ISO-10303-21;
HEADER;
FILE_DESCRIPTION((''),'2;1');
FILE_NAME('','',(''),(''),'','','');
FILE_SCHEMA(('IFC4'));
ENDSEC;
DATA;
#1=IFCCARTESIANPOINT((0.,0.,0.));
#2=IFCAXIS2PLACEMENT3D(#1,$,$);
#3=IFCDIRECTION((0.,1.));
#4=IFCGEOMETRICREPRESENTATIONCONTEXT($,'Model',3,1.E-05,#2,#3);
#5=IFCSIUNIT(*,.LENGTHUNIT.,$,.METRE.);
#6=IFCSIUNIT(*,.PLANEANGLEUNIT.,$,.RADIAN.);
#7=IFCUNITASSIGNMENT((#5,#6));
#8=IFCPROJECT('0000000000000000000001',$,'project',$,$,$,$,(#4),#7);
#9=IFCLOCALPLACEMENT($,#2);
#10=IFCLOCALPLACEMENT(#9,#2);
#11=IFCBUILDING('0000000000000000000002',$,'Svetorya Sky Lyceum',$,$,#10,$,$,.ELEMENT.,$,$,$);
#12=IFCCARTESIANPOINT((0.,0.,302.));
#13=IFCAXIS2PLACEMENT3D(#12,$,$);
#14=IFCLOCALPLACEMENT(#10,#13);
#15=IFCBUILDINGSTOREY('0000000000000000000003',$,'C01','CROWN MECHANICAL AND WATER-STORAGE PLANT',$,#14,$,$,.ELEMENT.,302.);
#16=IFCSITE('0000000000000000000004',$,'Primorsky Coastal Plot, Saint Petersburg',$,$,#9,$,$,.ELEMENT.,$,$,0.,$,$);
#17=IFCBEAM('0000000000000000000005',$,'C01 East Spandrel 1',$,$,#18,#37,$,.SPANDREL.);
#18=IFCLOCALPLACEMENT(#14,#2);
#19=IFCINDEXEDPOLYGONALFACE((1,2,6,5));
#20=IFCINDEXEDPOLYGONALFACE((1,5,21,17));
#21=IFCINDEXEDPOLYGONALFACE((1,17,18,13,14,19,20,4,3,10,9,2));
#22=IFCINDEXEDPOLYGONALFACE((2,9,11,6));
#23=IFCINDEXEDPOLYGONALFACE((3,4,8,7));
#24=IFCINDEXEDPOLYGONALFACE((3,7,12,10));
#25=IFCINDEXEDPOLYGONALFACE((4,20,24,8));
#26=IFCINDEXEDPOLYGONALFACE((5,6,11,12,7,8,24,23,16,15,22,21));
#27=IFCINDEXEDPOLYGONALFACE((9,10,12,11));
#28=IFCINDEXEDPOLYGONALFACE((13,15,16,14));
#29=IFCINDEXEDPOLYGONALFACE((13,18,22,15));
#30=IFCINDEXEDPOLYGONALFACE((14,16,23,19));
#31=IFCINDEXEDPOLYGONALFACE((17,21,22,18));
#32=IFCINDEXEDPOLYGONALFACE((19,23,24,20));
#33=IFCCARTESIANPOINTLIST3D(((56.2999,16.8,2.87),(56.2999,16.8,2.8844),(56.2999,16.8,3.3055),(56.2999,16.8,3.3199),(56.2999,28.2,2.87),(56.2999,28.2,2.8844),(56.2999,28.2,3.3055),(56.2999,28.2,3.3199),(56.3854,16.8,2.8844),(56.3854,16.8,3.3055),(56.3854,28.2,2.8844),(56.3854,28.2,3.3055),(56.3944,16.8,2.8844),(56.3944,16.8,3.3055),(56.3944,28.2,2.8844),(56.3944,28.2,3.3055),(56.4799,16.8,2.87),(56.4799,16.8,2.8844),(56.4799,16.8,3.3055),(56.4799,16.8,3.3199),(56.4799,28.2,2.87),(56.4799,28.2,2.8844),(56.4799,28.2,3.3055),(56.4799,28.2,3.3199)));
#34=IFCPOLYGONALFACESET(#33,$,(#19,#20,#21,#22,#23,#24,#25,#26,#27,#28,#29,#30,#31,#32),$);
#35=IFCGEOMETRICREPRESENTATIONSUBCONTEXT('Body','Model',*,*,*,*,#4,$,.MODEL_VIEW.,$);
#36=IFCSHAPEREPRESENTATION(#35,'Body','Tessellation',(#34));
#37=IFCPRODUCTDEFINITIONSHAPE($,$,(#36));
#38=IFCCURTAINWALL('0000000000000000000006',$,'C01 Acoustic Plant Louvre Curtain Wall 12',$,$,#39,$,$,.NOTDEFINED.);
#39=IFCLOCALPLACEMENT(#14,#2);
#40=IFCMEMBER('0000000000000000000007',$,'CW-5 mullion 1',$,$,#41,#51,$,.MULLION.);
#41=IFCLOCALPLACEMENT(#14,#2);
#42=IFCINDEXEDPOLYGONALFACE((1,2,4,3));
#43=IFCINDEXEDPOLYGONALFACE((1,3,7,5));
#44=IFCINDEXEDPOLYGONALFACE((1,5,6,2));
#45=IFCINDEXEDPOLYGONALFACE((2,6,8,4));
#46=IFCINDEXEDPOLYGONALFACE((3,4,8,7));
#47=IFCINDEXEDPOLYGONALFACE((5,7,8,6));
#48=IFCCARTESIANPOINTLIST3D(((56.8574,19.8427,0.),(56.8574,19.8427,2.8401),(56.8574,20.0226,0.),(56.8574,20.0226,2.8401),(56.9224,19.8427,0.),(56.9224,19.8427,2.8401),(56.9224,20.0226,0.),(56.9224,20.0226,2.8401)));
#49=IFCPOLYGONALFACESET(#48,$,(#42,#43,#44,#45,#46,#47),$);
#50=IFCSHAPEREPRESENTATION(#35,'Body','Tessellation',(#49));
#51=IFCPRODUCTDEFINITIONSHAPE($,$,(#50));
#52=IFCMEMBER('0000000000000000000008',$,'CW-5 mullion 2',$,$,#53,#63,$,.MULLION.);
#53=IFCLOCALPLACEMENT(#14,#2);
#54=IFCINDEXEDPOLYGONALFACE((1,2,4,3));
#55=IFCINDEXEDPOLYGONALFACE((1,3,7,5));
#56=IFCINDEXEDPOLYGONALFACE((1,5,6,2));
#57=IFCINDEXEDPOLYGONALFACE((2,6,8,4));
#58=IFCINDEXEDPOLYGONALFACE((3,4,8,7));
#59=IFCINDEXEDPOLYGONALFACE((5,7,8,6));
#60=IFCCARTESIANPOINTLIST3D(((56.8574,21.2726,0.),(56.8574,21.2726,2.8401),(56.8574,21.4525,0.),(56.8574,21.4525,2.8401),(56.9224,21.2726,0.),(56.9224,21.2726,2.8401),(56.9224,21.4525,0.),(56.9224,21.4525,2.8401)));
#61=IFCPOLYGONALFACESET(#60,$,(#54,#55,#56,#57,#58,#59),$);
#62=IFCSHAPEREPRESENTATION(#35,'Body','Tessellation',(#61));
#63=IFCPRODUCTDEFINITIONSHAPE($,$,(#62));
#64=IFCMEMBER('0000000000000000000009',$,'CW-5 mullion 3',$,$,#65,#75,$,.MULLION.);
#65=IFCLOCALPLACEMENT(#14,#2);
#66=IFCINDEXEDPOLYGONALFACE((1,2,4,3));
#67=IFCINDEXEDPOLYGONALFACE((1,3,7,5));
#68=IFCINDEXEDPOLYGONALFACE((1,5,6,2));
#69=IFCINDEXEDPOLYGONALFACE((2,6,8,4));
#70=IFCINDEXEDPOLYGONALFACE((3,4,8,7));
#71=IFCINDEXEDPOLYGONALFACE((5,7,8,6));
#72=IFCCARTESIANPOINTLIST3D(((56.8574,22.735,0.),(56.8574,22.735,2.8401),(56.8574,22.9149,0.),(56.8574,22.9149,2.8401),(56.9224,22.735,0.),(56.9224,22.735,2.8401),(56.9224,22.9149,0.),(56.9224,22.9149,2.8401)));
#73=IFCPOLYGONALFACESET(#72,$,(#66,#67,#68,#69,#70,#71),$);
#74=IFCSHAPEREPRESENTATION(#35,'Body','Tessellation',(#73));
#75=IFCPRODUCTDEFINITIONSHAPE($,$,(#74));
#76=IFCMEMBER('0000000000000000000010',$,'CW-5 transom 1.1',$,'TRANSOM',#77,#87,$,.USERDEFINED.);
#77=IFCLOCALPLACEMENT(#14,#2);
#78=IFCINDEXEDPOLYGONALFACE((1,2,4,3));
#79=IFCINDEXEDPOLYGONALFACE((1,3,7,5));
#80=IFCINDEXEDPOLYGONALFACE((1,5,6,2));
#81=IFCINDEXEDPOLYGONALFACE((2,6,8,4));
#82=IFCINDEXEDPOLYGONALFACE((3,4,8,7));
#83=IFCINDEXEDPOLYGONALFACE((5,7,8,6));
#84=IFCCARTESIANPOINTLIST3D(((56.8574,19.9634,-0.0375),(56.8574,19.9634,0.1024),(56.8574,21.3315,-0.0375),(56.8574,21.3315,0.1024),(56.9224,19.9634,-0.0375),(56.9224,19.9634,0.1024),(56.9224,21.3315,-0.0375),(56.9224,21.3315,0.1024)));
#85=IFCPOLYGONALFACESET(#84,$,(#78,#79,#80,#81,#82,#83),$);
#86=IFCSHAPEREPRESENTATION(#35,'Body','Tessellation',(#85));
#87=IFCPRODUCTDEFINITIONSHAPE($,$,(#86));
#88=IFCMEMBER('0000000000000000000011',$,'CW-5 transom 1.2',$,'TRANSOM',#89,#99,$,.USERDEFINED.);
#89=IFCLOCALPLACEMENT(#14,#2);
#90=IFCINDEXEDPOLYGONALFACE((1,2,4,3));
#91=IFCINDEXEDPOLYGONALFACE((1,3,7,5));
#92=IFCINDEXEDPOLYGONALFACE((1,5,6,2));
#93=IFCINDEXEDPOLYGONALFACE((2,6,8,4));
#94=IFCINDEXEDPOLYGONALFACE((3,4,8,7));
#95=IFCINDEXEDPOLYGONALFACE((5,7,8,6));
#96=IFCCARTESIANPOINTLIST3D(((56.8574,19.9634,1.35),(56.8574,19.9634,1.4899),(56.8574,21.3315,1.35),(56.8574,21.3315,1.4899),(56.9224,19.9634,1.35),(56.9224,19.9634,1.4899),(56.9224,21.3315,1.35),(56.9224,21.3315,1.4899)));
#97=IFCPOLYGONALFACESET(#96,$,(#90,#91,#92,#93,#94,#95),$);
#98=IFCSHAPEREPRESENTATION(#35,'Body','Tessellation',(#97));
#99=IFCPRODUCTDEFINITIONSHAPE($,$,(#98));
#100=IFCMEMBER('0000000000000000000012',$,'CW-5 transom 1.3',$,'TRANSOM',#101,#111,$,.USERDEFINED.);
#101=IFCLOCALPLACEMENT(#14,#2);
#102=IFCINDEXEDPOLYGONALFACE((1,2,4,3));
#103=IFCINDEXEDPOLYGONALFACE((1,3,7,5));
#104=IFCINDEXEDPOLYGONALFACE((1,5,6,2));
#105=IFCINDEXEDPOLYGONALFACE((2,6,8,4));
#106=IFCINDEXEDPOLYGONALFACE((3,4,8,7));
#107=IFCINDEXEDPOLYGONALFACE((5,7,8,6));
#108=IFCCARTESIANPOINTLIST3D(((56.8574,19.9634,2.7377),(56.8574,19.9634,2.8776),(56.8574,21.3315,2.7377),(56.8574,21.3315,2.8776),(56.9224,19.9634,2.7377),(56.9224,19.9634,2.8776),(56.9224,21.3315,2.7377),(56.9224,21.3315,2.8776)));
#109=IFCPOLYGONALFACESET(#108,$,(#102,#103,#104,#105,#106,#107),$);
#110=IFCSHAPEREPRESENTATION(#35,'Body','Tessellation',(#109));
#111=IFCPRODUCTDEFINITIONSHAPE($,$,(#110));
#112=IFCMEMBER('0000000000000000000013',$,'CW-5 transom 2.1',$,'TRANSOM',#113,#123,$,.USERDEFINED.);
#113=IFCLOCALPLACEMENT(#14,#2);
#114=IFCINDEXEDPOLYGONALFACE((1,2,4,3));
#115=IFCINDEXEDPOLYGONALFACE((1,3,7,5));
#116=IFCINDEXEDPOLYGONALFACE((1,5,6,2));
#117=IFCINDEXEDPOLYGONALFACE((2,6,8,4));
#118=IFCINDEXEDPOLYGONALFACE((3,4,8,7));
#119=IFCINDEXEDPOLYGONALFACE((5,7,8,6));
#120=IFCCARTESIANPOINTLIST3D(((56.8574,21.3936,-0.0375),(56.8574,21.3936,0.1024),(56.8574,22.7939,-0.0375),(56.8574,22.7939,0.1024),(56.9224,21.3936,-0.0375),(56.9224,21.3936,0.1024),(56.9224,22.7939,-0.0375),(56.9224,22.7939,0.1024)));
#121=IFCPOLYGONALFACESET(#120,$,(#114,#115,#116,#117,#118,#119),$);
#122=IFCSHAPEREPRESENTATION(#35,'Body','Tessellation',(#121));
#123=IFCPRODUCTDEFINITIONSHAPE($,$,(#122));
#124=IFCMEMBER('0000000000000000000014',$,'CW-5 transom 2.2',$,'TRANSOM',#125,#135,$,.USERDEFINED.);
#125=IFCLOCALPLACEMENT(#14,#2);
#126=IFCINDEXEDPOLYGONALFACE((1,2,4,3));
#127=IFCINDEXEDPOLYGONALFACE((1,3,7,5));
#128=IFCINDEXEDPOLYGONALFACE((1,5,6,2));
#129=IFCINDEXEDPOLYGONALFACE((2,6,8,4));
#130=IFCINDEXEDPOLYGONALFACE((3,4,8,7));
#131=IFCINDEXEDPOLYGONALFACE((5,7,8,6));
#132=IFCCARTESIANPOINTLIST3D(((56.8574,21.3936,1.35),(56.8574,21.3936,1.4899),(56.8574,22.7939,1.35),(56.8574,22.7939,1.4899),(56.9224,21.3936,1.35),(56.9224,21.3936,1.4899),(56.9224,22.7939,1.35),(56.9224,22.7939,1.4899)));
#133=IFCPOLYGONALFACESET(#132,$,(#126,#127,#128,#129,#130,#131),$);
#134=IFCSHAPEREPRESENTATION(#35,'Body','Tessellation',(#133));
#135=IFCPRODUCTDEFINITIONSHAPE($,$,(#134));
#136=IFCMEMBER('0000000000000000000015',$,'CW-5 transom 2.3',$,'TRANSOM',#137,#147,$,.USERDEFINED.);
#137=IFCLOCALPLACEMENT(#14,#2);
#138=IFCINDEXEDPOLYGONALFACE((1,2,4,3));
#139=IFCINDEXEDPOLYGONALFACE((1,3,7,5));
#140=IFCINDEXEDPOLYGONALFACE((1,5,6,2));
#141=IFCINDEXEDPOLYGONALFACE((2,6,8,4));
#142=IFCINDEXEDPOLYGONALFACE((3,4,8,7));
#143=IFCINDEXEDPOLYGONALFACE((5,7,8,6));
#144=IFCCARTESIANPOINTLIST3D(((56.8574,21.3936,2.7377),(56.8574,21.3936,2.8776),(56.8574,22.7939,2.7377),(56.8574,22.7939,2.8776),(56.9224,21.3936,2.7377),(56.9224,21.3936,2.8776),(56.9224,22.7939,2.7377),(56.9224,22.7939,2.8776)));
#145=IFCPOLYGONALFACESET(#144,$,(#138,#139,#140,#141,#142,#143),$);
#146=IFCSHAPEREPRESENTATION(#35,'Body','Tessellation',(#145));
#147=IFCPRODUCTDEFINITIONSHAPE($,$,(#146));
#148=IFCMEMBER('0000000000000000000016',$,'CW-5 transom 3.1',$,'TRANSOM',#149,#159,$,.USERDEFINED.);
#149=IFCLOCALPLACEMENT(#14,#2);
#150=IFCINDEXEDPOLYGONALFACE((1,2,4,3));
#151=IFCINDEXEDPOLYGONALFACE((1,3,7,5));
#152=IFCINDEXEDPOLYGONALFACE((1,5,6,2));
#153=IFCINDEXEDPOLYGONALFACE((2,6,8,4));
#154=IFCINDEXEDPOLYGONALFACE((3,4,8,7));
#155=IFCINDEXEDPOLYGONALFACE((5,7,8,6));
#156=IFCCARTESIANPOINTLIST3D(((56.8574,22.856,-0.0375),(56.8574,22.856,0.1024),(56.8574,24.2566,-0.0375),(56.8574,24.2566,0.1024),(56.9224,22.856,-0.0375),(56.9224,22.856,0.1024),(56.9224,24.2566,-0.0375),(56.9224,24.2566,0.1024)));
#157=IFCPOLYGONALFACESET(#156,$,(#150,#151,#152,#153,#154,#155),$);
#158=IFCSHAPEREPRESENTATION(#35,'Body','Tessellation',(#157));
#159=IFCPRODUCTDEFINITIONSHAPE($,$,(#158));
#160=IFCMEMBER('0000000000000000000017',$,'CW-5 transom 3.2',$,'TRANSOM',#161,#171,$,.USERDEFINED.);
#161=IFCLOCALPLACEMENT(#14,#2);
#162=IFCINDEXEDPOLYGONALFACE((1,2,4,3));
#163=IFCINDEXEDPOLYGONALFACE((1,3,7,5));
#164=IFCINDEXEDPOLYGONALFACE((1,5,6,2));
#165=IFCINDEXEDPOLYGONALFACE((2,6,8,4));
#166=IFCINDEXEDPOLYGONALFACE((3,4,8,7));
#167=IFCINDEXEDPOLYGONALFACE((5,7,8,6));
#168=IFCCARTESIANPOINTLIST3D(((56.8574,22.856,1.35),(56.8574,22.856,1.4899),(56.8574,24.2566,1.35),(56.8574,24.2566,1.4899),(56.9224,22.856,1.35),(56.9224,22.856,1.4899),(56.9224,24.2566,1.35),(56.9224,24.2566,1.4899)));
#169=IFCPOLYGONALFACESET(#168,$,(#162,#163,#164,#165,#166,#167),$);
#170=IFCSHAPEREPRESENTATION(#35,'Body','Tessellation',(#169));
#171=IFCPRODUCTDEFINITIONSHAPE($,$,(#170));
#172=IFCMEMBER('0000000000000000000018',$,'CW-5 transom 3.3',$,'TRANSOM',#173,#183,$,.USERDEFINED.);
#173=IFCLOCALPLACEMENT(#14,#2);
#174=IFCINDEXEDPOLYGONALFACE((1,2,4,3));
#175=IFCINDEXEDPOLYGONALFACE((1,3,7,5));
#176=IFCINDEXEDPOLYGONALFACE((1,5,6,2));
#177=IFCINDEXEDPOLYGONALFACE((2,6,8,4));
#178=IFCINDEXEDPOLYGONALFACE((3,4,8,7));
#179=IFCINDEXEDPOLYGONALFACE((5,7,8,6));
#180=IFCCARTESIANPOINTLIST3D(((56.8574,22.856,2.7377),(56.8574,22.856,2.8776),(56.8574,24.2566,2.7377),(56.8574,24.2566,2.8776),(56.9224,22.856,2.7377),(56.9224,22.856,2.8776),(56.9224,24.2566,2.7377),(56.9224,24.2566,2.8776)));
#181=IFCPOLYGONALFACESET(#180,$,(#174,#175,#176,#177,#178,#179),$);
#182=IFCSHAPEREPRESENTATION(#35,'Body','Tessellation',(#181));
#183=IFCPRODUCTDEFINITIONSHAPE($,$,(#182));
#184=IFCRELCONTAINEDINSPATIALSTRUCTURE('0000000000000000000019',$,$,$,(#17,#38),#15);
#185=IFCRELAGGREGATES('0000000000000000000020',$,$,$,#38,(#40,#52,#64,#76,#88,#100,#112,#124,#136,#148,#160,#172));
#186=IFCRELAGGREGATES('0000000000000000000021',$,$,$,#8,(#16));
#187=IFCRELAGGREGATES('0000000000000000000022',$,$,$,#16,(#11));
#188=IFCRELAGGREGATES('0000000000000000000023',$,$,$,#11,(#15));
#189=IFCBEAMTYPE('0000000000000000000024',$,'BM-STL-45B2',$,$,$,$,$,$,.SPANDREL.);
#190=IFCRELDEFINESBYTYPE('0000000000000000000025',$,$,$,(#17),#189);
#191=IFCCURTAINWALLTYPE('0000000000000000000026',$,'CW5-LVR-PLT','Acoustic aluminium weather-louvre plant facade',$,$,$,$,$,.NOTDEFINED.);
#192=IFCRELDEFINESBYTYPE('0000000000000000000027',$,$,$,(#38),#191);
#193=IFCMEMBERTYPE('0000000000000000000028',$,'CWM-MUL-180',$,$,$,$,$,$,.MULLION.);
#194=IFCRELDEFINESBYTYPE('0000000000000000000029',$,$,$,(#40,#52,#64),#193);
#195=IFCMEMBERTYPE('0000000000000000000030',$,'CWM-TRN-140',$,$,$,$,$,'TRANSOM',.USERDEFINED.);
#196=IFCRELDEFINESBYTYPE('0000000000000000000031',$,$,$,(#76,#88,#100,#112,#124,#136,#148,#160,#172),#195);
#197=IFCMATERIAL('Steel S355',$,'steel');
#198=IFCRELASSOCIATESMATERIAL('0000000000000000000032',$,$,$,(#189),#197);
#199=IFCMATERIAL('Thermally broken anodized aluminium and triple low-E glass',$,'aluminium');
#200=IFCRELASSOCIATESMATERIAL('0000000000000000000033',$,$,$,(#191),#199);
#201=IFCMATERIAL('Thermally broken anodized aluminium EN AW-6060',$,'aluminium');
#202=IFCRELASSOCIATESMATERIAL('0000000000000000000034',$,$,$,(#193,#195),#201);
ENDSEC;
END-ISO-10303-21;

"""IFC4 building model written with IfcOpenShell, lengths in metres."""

from ifc_helpers import new_model, si_unit, direction, frame, origin, origin_2d, place, context, subcontext, project, spatial, rectangle, i_section, extrude, material, material_profile, profile_set, type_object, element, aggregate, save


model = new_model("IFC4")

# Units and contexts
model_context = context("Model", 3, precision=1e-05, world=origin(), true_north=direction((0.0, 1.0)))
body_context = subcontext(model_context, "Body", "Model", "MODEL_VIEW")
ifc_project = project(units=[si_unit("LENGTHUNIT", "METRE"), si_unit("PLANEANGLEUNIT", "RADIAN")], contexts=[model_context])

# Site, building, storey
site_placement = place(None, origin())
site = spatial("IfcSite", under=ifc_project, at=site_placement, Name="Primorsky Coastal Plot, Saint Petersburg", CompositionType="ELEMENT", RefElevation=0.0)
building_placement = place(site_placement, origin())
building = spatial("IfcBuilding", under=site, at=building_placement, Name="Svetorya Sky Lyceum", CompositionType="ELEMENT")
storey_placement = place(building_placement, frame((0.0, 0.0, 302.0)))
storey = spatial("IfcBuildingStorey", under=building, at=storey_placement, Name="C01", Description="CROWN MECHANICAL AND WATER-STORAGE PLANT", CompositionType="ELEMENT", Elevation=302.0)

# Beam
ifc_material_1 = material(Name="Steel S355", Category="steel")
ifc_material_profile_1 = material_profile(ifc_material_1, i_section(OverallWidth=0.1799, OverallDepth=0.45, WebThickness=0.009, FlangeThickness=0.0144, at=origin_2d()), Name="GOST 45B2")
ifc_profile_set_1 = profile_set([ifc_material_profile_1], Name="Steel S355")
beam_type = type_object("IfcBeamType", Name="BM-STL-45B2", PredefinedType="SPANDREL", material=ifc_profile_set_1)
beam_placement = place(storey_placement, frame((56.3899, 16.8, 3.095), z_axis=(0.0, 1.0, 0.0), x_axis=(-1.0, 0.0, 0.0)))
element("IfcBeam", 1, at=beam_placement, inside=storey, type_object=beam_type, Name="C01 East Spandrel 1", PredefinedType="SPANDREL", context=body_context, shape_type="SweptSolid", body=[
    extrude(i_section(OverallWidth=0.1799, OverallDepth=0.45, WebThickness=0.009, FlangeThickness=0.0144, at=origin_2d()), origin(), (0.0, 0.0, 1.0), 11.3999),
])

# Curtain wall, members
ifc_material_2 = material(Name="Thermally broken anodized aluminium and triple low-E glass", Category="aluminium")
curtain_wall_type = type_object("IfcCurtainWallType", Name="CW5-LVR-PLT", Description="Acoustic aluminium weather-louvre plant facade", PredefinedType="NOTDEFINED", material=ifc_material_2)
curtain_wall_placement = place(storey_placement, origin())
curtain_wall = element("IfcCurtainWall", 2, at=curtain_wall_placement, inside=storey, type_object=curtain_wall_type, Name="C01 Acoustic Plant Louvre Curtain Wall 12", PredefinedType="NOTDEFINED")
ifc_material_3 = material(Name="Thermally broken anodized aluminium EN AW-6060", Category="aluminium")
ifc_material_profile_2 = material_profile(ifc_material_3, rectangle(XDim=0.0649, YDim=0.1799, at=origin_2d()), Name="ALU MULLION 65x180")
ifc_profile_set_2 = profile_set([ifc_material_profile_2], Name="Thermally broken anodized aluminium EN AW-6060")
member_type_1 = type_object("IfcMemberType", Name="CWM-MUL-180", PredefinedType="MULLION", material=ifc_profile_set_2)
member_1_placement = place(storey_placement, frame((56.8899, 19.9326, 0.0), z_axis=(0.0, 0.0, 1.0), x_axis=(-1.0, 0.0, 0.0)))
member_1 = element("IfcMember", 3, at=member_1_placement, type_object=member_type_1, Name="CW-5 mullion 1", PredefinedType="MULLION", context=body_context, shape_type="SweptSolid", body=[
    extrude(rectangle(XDim=0.0649, YDim=0.1799, at=origin_2d()), origin(), (0.0, 0.0, 1.0), 2.8401),
])
member_2_placement = place(storey_placement, frame((56.8899, 21.3625, 0.0), z_axis=(0.0, 0.0, 1.0), x_axis=(-1.0, 0.0, 0.0)))
member_2 = element("IfcMember", 4, at=member_2_placement, type_object=member_type_1, Name="CW-5 mullion 2", PredefinedType="MULLION", context=body_context, shape_type="SweptSolid", body=[
    extrude(rectangle(XDim=0.0649, YDim=0.1799, at=origin_2d()), origin(), (0.0, 0.0, 1.0), 2.8401),
])
member_3_placement = place(storey_placement, frame((56.8899, 22.825, 0.0), z_axis=(0.0, 0.0, 1.0), x_axis=(-1.0, 0.0, 0.0)))
member_3 = element("IfcMember", 5, at=member_3_placement, type_object=member_type_1, Name="CW-5 mullion 3", PredefinedType="MULLION", context=body_context, shape_type="SweptSolid", body=[
    extrude(rectangle(XDim=0.0649, YDim=0.1799, at=origin_2d()), origin(), (0.0, 0.0, 1.0), 2.8401),
])
ifc_material_profile_3 = material_profile(ifc_material_3, rectangle(XDim=0.0649, YDim=0.1399, at=origin_2d()), Name="ALU TRANSOM 65x140")
ifc_profile_set_3 = profile_set([ifc_material_profile_3], Name="Thermally broken anodized aluminium EN AW-6060")
member_type_2 = type_object("IfcMemberType", Name="CWM-TRN-140", ElementType="TRANSOM", PredefinedType="USERDEFINED", material=ifc_profile_set_3)
member_4_placement = place(storey_placement, frame((56.8899, 19.9634, 0.0325), z_axis=(0.0, 1.0, 0.0), x_axis=(-1.0, 0.0, 0.0)))
member_4 = element("IfcMember", 6, at=member_4_placement, type_object=member_type_2, Name="CW-5 transom 1.1", ObjectType="TRANSOM", PredefinedType="USERDEFINED", context=body_context, shape_type="SweptSolid", body=[
    extrude(rectangle(XDim=0.0649, YDim=0.1399, at=origin_2d()), origin(), (0.0, 0.0, 1.0), 1.3682),
])
member_5_placement = place(storey_placement, frame((56.8899, 19.9634, 1.4199), z_axis=(0.0, 1.0, 0.0), x_axis=(-1.0, 0.0, 0.0)))
member_5 = element("IfcMember", 7, at=member_5_placement, type_object=member_type_2, Name="CW-5 transom 1.2", ObjectType="TRANSOM", PredefinedType="USERDEFINED", context=body_context, shape_type="SweptSolid", body=[
    extrude(rectangle(XDim=0.0649, YDim=0.1399, at=origin_2d()), origin(), (0.0, 0.0, 1.0), 1.3682),
])
member_6_placement = place(storey_placement, frame((56.8899, 19.9634, 2.8076), z_axis=(0.0, 1.0, 0.0), x_axis=(-1.0, 0.0, 0.0)))
member_6 = element("IfcMember", 8, at=member_6_placement, type_object=member_type_2, Name="CW-5 transom 1.3", ObjectType="TRANSOM", PredefinedType="USERDEFINED", context=body_context, shape_type="SweptSolid", body=[
    extrude(rectangle(XDim=0.0649, YDim=0.1399, at=origin_2d()), origin(), (0.0, 0.0, 1.0), 1.3682),
])
member_7_placement = place(storey_placement, frame((56.8899, 21.3936, 0.0325), z_axis=(0.0, 1.0, 0.0), x_axis=(-1.0, 0.0, 0.0)))
member_7 = element("IfcMember", 9, at=member_7_placement, type_object=member_type_2, Name="CW-5 transom 2.1", ObjectType="TRANSOM", PredefinedType="USERDEFINED", context=body_context, shape_type="SweptSolid", body=[
    extrude(rectangle(XDim=0.0649, YDim=0.1399, at=origin_2d()), origin(), (0.0, 0.0, 1.0), 1.4004),
])
member_8_placement = place(storey_placement, frame((56.8899, 21.3936, 1.4199), z_axis=(0.0, 1.0, 0.0), x_axis=(-1.0, 0.0, 0.0)))
member_8 = element("IfcMember", 10, at=member_8_placement, type_object=member_type_2, Name="CW-5 transom 2.2", ObjectType="TRANSOM", PredefinedType="USERDEFINED", context=body_context, shape_type="SweptSolid", body=[
    extrude(rectangle(XDim=0.0649, YDim=0.1399, at=origin_2d()), origin(), (0.0, 0.0, 1.0), 1.4004),
])
member_9_placement = place(storey_placement, frame((56.8899, 21.3936, 2.8076), z_axis=(0.0, 1.0, 0.0), x_axis=(-1.0, 0.0, 0.0)))
member_9 = element("IfcMember", 11, at=member_9_placement, type_object=member_type_2, Name="CW-5 transom 2.3", ObjectType="TRANSOM", PredefinedType="USERDEFINED", context=body_context, shape_type="SweptSolid", body=[
    extrude(rectangle(XDim=0.0649, YDim=0.1399, at=origin_2d()), origin(), (0.0, 0.0, 1.0), 1.4004),
])
member_10_placement = place(storey_placement, frame((56.8899, 22.856, 0.0325), z_axis=(0.0, 1.0, 0.0), x_axis=(-1.0, 0.0, 0.0)))
member_10 = element("IfcMember", 12, at=member_10_placement, type_object=member_type_2, Name="CW-5 transom 3.1", ObjectType="TRANSOM", PredefinedType="USERDEFINED", context=body_context, shape_type="SweptSolid", body=[
    extrude(rectangle(XDim=0.0649, YDim=0.1399, at=origin_2d()), origin(), (0.0, 0.0, 1.0), 1.4006),
])
member_11_placement = place(storey_placement, frame((56.8899, 22.856, 1.4199), z_axis=(0.0, 1.0, 0.0), x_axis=(-1.0, 0.0, 0.0)))
member_11 = element("IfcMember", 13, at=member_11_placement, type_object=member_type_2, Name="CW-5 transom 3.2", ObjectType="TRANSOM", PredefinedType="USERDEFINED", context=body_context, shape_type="SweptSolid", body=[
    extrude(rectangle(XDim=0.0649, YDim=0.1399, at=origin_2d()), origin(), (0.0, 0.0, 1.0), 1.4006),
])
member_12_placement = place(storey_placement, frame((56.8899, 22.856, 2.8076), z_axis=(0.0, 1.0, 0.0), x_axis=(-1.0, 0.0, 0.0)))
member_12 = element("IfcMember", 14, at=member_12_placement, type_object=member_type_2, Name="CW-5 transom 3.3", ObjectType="TRANSOM", PredefinedType="USERDEFINED", context=body_context, shape_type="SweptSolid", body=[
    extrude(rectangle(XDim=0.0649, YDim=0.1399, at=origin_2d()), origin(), (0.0, 0.0, 1.0), 1.4006),
])

aggregate(curtain_wall, [member_1, member_2, member_3, member_4, member_5, member_6, member_7, member_8, member_9, member_10, member_11, member_12])

save(model, "model.ifc")
